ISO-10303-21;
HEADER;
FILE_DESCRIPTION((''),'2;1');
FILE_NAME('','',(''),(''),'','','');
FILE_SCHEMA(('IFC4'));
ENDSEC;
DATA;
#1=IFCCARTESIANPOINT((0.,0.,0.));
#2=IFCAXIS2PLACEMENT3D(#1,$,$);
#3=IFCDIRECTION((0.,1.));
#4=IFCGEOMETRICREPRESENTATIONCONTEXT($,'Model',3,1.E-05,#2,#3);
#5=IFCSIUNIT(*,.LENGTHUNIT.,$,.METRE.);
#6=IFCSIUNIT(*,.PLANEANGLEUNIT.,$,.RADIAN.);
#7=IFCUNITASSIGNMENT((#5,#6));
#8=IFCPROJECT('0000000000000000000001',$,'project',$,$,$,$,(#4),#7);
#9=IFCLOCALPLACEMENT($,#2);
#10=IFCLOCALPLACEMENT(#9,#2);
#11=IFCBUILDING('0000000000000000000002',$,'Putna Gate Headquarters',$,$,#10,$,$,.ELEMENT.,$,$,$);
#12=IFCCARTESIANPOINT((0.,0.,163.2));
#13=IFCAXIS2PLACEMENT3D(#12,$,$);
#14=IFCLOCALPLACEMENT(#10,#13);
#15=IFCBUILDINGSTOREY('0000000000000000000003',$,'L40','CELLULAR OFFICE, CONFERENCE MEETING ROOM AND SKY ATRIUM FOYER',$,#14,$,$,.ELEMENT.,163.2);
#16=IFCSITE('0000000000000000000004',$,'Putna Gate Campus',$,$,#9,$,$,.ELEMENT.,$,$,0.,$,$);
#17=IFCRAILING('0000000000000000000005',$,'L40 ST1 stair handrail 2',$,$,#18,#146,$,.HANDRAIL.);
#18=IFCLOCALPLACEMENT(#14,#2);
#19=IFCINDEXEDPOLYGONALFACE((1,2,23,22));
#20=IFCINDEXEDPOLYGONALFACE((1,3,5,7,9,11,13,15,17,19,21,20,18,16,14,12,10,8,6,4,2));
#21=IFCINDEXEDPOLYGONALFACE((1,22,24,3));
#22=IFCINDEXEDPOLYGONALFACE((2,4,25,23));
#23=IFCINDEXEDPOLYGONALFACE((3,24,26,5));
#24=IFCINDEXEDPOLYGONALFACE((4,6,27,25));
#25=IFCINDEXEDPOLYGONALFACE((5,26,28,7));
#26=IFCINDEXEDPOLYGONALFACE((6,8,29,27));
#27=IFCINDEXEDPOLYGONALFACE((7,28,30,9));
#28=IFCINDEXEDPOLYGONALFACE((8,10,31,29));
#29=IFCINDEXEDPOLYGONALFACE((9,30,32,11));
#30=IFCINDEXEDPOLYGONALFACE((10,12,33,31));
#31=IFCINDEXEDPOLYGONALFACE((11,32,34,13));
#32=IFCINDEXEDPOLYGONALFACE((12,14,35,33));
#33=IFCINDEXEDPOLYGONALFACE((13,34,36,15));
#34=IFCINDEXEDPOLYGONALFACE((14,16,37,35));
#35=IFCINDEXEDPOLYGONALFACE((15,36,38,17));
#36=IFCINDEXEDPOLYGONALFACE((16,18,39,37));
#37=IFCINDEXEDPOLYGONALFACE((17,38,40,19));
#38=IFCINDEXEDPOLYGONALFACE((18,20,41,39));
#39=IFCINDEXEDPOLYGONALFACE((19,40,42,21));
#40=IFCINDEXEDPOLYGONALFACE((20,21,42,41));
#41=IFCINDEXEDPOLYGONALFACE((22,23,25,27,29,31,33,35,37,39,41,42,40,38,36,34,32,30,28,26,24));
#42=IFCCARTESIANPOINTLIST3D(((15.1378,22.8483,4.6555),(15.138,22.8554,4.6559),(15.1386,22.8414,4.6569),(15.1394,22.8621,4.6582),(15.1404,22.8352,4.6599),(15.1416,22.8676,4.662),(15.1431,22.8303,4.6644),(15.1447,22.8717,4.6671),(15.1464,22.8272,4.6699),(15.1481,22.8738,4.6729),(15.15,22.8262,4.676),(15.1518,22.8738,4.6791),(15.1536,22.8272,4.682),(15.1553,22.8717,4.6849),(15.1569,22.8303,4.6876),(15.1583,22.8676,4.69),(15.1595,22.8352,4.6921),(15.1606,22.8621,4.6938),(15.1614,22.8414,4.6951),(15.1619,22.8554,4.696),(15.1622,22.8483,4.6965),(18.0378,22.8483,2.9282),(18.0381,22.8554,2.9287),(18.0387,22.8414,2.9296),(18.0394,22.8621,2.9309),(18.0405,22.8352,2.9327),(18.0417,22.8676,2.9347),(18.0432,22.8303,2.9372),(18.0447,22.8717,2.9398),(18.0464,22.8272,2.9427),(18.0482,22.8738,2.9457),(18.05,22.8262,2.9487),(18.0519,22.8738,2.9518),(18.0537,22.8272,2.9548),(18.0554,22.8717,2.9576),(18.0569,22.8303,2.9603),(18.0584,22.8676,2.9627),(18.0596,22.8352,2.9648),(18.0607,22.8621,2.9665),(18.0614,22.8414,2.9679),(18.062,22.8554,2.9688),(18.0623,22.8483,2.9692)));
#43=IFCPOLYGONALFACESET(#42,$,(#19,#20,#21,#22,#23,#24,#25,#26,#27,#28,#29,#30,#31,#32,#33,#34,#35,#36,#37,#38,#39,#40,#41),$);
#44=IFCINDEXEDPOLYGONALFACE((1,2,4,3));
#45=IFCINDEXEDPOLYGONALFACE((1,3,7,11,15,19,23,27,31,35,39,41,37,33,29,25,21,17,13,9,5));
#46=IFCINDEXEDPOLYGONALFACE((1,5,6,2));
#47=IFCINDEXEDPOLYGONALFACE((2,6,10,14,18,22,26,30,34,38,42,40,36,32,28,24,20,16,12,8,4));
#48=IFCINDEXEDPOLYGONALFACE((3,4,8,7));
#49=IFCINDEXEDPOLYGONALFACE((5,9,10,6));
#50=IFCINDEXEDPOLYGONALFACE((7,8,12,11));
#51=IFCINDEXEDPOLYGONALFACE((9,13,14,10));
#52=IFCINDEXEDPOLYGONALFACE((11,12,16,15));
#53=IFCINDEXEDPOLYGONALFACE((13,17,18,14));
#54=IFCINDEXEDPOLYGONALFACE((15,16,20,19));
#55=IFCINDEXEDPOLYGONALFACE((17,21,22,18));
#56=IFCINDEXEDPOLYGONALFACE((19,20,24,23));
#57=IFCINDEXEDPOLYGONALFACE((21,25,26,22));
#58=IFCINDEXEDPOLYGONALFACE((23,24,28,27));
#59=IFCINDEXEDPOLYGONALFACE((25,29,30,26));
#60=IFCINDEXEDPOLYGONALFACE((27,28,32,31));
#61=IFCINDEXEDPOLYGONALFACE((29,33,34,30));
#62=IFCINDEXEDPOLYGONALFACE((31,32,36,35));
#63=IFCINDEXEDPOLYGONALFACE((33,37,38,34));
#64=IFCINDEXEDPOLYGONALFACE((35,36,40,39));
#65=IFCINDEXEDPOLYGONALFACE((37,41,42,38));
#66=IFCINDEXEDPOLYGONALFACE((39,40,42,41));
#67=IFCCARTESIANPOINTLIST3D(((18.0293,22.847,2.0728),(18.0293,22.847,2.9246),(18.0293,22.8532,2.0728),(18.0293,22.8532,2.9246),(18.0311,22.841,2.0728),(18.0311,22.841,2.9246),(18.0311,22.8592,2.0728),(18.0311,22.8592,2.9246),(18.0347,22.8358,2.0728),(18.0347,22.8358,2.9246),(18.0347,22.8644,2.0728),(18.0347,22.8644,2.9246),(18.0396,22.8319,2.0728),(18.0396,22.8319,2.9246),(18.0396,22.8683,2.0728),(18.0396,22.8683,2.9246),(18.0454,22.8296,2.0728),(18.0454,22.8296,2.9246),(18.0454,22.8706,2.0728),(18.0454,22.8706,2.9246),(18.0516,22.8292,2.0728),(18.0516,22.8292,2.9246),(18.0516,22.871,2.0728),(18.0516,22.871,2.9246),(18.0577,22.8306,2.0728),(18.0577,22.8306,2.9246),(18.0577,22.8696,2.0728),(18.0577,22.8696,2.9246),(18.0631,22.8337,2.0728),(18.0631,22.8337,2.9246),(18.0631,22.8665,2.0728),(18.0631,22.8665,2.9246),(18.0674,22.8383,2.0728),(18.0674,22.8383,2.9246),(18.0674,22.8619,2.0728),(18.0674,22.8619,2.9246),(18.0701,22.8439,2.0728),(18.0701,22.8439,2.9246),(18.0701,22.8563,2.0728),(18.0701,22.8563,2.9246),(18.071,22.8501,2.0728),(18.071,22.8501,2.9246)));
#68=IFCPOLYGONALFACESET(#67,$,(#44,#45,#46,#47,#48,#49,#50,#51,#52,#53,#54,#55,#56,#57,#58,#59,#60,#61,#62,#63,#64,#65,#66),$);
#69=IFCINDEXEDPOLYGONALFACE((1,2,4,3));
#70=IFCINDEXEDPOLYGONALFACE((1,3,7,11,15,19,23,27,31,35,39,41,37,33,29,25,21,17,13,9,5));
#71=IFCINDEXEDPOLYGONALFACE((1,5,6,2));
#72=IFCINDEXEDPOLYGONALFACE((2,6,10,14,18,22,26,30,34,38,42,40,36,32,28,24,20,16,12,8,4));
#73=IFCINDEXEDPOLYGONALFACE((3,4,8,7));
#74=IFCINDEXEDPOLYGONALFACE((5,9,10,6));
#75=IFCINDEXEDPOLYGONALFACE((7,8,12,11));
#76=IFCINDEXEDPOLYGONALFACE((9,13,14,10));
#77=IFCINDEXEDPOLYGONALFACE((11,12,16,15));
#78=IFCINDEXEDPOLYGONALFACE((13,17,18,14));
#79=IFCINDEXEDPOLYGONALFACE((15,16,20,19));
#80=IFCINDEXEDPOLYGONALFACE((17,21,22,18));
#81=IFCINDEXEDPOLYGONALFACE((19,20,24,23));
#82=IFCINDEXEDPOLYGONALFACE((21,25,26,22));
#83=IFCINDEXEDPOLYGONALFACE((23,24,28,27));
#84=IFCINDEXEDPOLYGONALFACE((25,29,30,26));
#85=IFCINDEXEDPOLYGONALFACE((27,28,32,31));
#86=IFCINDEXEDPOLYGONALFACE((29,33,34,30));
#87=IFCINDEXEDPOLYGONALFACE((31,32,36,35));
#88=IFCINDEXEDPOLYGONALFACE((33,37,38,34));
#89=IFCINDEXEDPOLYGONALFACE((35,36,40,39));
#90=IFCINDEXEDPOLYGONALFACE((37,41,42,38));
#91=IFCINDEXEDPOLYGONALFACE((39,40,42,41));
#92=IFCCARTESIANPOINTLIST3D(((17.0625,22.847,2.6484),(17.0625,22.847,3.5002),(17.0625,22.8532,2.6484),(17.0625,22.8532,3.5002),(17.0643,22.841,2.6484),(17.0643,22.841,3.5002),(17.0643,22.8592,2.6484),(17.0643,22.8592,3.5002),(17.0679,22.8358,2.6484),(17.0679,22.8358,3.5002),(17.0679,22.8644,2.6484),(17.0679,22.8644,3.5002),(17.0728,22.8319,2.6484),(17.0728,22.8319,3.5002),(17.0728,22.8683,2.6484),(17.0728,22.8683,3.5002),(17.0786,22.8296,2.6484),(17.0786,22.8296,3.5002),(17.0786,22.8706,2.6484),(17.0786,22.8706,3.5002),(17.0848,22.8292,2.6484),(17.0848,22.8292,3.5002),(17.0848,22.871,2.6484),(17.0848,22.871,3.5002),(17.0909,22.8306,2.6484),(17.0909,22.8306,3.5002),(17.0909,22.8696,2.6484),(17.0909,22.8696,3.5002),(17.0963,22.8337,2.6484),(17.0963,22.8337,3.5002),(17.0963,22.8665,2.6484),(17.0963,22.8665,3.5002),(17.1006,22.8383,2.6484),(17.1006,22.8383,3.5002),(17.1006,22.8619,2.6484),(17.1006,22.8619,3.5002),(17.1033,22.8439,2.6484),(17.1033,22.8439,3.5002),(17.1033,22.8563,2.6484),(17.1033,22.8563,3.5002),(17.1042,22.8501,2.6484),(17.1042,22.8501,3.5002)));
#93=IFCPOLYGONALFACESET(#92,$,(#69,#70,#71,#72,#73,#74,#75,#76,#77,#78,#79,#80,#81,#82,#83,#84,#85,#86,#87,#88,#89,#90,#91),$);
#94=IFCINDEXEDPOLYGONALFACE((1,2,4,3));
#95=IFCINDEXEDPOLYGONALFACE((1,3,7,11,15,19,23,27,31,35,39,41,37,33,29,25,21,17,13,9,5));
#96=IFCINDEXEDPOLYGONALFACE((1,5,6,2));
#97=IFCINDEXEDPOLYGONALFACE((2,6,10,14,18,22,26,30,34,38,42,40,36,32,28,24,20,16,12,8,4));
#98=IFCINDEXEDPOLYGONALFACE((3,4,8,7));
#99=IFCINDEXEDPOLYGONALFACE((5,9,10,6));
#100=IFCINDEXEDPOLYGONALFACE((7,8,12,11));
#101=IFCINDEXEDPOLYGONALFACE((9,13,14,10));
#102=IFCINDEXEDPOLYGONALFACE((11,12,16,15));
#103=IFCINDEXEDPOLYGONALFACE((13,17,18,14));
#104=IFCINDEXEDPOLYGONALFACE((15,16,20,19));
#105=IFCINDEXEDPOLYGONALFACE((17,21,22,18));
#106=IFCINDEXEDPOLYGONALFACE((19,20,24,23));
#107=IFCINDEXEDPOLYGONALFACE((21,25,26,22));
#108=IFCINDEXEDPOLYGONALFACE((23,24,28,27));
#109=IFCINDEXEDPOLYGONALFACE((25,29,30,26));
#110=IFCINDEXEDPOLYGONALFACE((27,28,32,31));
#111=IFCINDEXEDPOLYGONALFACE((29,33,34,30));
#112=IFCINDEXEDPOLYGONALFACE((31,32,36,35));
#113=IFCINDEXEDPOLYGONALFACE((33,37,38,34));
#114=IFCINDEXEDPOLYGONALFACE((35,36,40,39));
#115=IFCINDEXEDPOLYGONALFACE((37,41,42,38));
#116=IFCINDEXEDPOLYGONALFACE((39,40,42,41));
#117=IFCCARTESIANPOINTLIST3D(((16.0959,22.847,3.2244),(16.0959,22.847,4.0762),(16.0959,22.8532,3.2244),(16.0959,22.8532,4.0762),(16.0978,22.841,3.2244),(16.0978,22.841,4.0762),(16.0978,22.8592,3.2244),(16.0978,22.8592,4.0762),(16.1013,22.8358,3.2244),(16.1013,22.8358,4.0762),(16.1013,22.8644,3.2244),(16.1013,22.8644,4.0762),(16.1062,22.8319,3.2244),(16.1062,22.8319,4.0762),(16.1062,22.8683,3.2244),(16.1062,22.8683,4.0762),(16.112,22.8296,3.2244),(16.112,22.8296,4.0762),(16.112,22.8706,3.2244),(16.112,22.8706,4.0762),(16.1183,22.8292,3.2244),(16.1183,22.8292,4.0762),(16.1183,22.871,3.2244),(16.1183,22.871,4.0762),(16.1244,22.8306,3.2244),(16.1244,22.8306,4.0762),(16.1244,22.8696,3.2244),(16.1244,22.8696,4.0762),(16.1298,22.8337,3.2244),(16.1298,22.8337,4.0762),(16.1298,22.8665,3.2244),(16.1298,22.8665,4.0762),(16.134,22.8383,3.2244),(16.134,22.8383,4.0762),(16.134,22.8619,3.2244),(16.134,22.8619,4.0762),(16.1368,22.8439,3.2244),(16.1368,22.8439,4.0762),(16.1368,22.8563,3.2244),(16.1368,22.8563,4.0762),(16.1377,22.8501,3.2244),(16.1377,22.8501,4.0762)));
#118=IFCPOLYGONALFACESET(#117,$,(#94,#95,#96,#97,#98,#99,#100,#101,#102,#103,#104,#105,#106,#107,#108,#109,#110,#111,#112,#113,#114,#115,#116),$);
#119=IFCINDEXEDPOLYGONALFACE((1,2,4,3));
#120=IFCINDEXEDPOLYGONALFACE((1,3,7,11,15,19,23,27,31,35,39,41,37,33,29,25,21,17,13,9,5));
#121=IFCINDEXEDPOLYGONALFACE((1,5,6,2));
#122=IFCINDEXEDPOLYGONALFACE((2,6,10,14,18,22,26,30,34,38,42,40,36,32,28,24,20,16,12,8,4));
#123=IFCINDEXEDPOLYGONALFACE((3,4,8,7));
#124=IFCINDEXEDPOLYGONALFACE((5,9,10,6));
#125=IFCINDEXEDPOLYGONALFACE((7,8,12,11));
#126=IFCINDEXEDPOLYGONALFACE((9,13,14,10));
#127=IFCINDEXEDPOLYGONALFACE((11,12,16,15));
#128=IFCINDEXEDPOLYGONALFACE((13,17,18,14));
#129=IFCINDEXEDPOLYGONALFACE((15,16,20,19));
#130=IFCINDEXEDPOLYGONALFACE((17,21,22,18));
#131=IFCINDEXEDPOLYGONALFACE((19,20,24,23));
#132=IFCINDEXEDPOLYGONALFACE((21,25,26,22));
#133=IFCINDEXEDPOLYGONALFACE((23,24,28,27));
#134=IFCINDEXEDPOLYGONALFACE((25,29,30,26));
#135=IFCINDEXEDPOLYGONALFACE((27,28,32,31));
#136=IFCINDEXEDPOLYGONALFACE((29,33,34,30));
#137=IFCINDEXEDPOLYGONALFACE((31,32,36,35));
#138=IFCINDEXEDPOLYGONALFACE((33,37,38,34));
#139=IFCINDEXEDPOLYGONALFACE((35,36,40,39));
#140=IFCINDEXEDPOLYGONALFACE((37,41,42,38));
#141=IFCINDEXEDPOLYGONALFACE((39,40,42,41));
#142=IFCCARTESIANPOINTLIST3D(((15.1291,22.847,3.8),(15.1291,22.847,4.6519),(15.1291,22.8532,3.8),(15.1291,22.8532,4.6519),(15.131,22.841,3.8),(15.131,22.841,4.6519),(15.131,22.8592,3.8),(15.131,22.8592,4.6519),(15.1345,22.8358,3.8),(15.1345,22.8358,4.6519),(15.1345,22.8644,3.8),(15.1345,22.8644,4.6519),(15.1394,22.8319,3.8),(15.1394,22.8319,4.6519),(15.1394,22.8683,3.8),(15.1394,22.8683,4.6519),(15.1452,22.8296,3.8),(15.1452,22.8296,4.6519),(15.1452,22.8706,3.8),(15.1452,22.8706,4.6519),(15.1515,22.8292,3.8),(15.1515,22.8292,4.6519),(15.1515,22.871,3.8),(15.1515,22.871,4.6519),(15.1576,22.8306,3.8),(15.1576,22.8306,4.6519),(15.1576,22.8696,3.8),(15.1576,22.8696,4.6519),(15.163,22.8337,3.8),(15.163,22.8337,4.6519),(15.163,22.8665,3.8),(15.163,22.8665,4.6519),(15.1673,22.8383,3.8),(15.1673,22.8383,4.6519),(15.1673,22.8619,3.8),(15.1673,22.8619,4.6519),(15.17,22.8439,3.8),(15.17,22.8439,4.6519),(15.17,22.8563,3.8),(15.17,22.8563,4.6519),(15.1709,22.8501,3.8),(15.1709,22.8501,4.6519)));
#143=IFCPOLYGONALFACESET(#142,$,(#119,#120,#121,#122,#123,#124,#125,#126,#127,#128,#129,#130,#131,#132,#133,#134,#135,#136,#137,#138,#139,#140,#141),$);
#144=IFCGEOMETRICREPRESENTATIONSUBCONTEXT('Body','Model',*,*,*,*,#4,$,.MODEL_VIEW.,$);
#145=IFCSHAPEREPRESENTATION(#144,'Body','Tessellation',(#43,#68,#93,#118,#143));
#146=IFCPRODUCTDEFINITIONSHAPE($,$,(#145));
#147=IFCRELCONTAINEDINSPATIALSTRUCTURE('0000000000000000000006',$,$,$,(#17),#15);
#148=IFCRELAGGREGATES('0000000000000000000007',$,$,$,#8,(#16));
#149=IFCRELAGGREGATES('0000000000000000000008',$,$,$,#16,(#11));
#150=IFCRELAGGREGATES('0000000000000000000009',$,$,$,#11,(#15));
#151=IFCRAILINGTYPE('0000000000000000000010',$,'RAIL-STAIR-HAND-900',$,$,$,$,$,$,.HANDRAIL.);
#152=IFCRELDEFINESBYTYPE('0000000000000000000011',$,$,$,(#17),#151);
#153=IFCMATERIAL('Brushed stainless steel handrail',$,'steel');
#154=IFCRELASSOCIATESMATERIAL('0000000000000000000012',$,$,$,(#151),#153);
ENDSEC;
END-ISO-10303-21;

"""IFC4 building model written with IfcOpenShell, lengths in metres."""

from ifc_helpers import new_model, si_unit, direction, frame, origin, origin_2d, place, context, subcontext, project, spatial, circle, extrude, material, type_object, element, save


model = new_model("IFC4")

# Units and contexts
model_context = context("Model", 3, precision=1e-05, world=origin(), true_north=direction((0.0, 1.0)))
body_context = subcontext(model_context, "Body", "Model", "MODEL_VIEW")
ifc_project = project(units=[si_unit("LENGTHUNIT", "METRE"), si_unit("PLANEANGLEUNIT", "RADIAN")], contexts=[model_context])

# Site, building, storey
site_placement = place(None, origin())
site = spatial("IfcSite", under=ifc_project, at=site_placement, Name="Putna Gate Campus", CompositionType="ELEMENT", RefElevation=0.0)
building_placement = place(site_placement, origin())
building = spatial("IfcBuilding", under=site, at=building_placement, Name="Putna Gate Headquarters", CompositionType="ELEMENT")
storey_placement = place(building_placement, frame((0.0, 0.0, 163.2)))
storey = spatial("IfcBuildingStorey", under=building, at=storey_placement, Name="L40", Description="CELLULAR OFFICE, CONFERENCE MEETING ROOM AND SKY ATRIUM FOYER", CompositionType="ELEMENT", Elevation=163.2)

# Railing
ifc_material_1 = material(Name="Brushed stainless steel handrail", Category="steel")
railing_type_1 = type_object("IfcRailingType", Name="RAIL-STAIR-HAND-900", PredefinedType="HANDRAIL", material=ifc_material_1)
railing_1_placement = place(storey_placement, frame((18.05, 22.8501, 2.0728)))
element("IfcRailing", 1, at=railing_1_placement, inside=storey, type_object=railing_type_1, Name="L40 ST1 stair handrail 2", PredefinedType="HANDRAIL", context=body_context, shape_type="SweptSolid", body=[
    extrude(circle(Radius=0.0239, at=origin_2d()), frame((0.0, 0.0, 0.876), z_axis=(-0.85916, 0.0, 0.511706), x_axis=(0.0, -1.0, 0.0)), (0.0, 0.0, 1.0), 3.3755),
    extrude(circle(Radius=0.021, at=origin_2d()), origin(), (0.0, 0.0, 1.0), 0.8518),
    extrude(circle(Radius=0.021, at=origin_2d()), frame((-0.9668, 0.0, 0.5757)), (0.0, 0.0, 1.0), 0.8518),
    extrude(circle(Radius=0.021, at=origin_2d()), frame((-1.9333, 0.0, 1.1516)), (0.0, 0.0, 1.0), 0.8518),
    extrude(circle(Radius=0.021, at=origin_2d()), frame((-2.9001, 0.0, 1.7273)), (0.0, 0.0, 1.0), 0.8518),
])

save(model, "model.ifc")
